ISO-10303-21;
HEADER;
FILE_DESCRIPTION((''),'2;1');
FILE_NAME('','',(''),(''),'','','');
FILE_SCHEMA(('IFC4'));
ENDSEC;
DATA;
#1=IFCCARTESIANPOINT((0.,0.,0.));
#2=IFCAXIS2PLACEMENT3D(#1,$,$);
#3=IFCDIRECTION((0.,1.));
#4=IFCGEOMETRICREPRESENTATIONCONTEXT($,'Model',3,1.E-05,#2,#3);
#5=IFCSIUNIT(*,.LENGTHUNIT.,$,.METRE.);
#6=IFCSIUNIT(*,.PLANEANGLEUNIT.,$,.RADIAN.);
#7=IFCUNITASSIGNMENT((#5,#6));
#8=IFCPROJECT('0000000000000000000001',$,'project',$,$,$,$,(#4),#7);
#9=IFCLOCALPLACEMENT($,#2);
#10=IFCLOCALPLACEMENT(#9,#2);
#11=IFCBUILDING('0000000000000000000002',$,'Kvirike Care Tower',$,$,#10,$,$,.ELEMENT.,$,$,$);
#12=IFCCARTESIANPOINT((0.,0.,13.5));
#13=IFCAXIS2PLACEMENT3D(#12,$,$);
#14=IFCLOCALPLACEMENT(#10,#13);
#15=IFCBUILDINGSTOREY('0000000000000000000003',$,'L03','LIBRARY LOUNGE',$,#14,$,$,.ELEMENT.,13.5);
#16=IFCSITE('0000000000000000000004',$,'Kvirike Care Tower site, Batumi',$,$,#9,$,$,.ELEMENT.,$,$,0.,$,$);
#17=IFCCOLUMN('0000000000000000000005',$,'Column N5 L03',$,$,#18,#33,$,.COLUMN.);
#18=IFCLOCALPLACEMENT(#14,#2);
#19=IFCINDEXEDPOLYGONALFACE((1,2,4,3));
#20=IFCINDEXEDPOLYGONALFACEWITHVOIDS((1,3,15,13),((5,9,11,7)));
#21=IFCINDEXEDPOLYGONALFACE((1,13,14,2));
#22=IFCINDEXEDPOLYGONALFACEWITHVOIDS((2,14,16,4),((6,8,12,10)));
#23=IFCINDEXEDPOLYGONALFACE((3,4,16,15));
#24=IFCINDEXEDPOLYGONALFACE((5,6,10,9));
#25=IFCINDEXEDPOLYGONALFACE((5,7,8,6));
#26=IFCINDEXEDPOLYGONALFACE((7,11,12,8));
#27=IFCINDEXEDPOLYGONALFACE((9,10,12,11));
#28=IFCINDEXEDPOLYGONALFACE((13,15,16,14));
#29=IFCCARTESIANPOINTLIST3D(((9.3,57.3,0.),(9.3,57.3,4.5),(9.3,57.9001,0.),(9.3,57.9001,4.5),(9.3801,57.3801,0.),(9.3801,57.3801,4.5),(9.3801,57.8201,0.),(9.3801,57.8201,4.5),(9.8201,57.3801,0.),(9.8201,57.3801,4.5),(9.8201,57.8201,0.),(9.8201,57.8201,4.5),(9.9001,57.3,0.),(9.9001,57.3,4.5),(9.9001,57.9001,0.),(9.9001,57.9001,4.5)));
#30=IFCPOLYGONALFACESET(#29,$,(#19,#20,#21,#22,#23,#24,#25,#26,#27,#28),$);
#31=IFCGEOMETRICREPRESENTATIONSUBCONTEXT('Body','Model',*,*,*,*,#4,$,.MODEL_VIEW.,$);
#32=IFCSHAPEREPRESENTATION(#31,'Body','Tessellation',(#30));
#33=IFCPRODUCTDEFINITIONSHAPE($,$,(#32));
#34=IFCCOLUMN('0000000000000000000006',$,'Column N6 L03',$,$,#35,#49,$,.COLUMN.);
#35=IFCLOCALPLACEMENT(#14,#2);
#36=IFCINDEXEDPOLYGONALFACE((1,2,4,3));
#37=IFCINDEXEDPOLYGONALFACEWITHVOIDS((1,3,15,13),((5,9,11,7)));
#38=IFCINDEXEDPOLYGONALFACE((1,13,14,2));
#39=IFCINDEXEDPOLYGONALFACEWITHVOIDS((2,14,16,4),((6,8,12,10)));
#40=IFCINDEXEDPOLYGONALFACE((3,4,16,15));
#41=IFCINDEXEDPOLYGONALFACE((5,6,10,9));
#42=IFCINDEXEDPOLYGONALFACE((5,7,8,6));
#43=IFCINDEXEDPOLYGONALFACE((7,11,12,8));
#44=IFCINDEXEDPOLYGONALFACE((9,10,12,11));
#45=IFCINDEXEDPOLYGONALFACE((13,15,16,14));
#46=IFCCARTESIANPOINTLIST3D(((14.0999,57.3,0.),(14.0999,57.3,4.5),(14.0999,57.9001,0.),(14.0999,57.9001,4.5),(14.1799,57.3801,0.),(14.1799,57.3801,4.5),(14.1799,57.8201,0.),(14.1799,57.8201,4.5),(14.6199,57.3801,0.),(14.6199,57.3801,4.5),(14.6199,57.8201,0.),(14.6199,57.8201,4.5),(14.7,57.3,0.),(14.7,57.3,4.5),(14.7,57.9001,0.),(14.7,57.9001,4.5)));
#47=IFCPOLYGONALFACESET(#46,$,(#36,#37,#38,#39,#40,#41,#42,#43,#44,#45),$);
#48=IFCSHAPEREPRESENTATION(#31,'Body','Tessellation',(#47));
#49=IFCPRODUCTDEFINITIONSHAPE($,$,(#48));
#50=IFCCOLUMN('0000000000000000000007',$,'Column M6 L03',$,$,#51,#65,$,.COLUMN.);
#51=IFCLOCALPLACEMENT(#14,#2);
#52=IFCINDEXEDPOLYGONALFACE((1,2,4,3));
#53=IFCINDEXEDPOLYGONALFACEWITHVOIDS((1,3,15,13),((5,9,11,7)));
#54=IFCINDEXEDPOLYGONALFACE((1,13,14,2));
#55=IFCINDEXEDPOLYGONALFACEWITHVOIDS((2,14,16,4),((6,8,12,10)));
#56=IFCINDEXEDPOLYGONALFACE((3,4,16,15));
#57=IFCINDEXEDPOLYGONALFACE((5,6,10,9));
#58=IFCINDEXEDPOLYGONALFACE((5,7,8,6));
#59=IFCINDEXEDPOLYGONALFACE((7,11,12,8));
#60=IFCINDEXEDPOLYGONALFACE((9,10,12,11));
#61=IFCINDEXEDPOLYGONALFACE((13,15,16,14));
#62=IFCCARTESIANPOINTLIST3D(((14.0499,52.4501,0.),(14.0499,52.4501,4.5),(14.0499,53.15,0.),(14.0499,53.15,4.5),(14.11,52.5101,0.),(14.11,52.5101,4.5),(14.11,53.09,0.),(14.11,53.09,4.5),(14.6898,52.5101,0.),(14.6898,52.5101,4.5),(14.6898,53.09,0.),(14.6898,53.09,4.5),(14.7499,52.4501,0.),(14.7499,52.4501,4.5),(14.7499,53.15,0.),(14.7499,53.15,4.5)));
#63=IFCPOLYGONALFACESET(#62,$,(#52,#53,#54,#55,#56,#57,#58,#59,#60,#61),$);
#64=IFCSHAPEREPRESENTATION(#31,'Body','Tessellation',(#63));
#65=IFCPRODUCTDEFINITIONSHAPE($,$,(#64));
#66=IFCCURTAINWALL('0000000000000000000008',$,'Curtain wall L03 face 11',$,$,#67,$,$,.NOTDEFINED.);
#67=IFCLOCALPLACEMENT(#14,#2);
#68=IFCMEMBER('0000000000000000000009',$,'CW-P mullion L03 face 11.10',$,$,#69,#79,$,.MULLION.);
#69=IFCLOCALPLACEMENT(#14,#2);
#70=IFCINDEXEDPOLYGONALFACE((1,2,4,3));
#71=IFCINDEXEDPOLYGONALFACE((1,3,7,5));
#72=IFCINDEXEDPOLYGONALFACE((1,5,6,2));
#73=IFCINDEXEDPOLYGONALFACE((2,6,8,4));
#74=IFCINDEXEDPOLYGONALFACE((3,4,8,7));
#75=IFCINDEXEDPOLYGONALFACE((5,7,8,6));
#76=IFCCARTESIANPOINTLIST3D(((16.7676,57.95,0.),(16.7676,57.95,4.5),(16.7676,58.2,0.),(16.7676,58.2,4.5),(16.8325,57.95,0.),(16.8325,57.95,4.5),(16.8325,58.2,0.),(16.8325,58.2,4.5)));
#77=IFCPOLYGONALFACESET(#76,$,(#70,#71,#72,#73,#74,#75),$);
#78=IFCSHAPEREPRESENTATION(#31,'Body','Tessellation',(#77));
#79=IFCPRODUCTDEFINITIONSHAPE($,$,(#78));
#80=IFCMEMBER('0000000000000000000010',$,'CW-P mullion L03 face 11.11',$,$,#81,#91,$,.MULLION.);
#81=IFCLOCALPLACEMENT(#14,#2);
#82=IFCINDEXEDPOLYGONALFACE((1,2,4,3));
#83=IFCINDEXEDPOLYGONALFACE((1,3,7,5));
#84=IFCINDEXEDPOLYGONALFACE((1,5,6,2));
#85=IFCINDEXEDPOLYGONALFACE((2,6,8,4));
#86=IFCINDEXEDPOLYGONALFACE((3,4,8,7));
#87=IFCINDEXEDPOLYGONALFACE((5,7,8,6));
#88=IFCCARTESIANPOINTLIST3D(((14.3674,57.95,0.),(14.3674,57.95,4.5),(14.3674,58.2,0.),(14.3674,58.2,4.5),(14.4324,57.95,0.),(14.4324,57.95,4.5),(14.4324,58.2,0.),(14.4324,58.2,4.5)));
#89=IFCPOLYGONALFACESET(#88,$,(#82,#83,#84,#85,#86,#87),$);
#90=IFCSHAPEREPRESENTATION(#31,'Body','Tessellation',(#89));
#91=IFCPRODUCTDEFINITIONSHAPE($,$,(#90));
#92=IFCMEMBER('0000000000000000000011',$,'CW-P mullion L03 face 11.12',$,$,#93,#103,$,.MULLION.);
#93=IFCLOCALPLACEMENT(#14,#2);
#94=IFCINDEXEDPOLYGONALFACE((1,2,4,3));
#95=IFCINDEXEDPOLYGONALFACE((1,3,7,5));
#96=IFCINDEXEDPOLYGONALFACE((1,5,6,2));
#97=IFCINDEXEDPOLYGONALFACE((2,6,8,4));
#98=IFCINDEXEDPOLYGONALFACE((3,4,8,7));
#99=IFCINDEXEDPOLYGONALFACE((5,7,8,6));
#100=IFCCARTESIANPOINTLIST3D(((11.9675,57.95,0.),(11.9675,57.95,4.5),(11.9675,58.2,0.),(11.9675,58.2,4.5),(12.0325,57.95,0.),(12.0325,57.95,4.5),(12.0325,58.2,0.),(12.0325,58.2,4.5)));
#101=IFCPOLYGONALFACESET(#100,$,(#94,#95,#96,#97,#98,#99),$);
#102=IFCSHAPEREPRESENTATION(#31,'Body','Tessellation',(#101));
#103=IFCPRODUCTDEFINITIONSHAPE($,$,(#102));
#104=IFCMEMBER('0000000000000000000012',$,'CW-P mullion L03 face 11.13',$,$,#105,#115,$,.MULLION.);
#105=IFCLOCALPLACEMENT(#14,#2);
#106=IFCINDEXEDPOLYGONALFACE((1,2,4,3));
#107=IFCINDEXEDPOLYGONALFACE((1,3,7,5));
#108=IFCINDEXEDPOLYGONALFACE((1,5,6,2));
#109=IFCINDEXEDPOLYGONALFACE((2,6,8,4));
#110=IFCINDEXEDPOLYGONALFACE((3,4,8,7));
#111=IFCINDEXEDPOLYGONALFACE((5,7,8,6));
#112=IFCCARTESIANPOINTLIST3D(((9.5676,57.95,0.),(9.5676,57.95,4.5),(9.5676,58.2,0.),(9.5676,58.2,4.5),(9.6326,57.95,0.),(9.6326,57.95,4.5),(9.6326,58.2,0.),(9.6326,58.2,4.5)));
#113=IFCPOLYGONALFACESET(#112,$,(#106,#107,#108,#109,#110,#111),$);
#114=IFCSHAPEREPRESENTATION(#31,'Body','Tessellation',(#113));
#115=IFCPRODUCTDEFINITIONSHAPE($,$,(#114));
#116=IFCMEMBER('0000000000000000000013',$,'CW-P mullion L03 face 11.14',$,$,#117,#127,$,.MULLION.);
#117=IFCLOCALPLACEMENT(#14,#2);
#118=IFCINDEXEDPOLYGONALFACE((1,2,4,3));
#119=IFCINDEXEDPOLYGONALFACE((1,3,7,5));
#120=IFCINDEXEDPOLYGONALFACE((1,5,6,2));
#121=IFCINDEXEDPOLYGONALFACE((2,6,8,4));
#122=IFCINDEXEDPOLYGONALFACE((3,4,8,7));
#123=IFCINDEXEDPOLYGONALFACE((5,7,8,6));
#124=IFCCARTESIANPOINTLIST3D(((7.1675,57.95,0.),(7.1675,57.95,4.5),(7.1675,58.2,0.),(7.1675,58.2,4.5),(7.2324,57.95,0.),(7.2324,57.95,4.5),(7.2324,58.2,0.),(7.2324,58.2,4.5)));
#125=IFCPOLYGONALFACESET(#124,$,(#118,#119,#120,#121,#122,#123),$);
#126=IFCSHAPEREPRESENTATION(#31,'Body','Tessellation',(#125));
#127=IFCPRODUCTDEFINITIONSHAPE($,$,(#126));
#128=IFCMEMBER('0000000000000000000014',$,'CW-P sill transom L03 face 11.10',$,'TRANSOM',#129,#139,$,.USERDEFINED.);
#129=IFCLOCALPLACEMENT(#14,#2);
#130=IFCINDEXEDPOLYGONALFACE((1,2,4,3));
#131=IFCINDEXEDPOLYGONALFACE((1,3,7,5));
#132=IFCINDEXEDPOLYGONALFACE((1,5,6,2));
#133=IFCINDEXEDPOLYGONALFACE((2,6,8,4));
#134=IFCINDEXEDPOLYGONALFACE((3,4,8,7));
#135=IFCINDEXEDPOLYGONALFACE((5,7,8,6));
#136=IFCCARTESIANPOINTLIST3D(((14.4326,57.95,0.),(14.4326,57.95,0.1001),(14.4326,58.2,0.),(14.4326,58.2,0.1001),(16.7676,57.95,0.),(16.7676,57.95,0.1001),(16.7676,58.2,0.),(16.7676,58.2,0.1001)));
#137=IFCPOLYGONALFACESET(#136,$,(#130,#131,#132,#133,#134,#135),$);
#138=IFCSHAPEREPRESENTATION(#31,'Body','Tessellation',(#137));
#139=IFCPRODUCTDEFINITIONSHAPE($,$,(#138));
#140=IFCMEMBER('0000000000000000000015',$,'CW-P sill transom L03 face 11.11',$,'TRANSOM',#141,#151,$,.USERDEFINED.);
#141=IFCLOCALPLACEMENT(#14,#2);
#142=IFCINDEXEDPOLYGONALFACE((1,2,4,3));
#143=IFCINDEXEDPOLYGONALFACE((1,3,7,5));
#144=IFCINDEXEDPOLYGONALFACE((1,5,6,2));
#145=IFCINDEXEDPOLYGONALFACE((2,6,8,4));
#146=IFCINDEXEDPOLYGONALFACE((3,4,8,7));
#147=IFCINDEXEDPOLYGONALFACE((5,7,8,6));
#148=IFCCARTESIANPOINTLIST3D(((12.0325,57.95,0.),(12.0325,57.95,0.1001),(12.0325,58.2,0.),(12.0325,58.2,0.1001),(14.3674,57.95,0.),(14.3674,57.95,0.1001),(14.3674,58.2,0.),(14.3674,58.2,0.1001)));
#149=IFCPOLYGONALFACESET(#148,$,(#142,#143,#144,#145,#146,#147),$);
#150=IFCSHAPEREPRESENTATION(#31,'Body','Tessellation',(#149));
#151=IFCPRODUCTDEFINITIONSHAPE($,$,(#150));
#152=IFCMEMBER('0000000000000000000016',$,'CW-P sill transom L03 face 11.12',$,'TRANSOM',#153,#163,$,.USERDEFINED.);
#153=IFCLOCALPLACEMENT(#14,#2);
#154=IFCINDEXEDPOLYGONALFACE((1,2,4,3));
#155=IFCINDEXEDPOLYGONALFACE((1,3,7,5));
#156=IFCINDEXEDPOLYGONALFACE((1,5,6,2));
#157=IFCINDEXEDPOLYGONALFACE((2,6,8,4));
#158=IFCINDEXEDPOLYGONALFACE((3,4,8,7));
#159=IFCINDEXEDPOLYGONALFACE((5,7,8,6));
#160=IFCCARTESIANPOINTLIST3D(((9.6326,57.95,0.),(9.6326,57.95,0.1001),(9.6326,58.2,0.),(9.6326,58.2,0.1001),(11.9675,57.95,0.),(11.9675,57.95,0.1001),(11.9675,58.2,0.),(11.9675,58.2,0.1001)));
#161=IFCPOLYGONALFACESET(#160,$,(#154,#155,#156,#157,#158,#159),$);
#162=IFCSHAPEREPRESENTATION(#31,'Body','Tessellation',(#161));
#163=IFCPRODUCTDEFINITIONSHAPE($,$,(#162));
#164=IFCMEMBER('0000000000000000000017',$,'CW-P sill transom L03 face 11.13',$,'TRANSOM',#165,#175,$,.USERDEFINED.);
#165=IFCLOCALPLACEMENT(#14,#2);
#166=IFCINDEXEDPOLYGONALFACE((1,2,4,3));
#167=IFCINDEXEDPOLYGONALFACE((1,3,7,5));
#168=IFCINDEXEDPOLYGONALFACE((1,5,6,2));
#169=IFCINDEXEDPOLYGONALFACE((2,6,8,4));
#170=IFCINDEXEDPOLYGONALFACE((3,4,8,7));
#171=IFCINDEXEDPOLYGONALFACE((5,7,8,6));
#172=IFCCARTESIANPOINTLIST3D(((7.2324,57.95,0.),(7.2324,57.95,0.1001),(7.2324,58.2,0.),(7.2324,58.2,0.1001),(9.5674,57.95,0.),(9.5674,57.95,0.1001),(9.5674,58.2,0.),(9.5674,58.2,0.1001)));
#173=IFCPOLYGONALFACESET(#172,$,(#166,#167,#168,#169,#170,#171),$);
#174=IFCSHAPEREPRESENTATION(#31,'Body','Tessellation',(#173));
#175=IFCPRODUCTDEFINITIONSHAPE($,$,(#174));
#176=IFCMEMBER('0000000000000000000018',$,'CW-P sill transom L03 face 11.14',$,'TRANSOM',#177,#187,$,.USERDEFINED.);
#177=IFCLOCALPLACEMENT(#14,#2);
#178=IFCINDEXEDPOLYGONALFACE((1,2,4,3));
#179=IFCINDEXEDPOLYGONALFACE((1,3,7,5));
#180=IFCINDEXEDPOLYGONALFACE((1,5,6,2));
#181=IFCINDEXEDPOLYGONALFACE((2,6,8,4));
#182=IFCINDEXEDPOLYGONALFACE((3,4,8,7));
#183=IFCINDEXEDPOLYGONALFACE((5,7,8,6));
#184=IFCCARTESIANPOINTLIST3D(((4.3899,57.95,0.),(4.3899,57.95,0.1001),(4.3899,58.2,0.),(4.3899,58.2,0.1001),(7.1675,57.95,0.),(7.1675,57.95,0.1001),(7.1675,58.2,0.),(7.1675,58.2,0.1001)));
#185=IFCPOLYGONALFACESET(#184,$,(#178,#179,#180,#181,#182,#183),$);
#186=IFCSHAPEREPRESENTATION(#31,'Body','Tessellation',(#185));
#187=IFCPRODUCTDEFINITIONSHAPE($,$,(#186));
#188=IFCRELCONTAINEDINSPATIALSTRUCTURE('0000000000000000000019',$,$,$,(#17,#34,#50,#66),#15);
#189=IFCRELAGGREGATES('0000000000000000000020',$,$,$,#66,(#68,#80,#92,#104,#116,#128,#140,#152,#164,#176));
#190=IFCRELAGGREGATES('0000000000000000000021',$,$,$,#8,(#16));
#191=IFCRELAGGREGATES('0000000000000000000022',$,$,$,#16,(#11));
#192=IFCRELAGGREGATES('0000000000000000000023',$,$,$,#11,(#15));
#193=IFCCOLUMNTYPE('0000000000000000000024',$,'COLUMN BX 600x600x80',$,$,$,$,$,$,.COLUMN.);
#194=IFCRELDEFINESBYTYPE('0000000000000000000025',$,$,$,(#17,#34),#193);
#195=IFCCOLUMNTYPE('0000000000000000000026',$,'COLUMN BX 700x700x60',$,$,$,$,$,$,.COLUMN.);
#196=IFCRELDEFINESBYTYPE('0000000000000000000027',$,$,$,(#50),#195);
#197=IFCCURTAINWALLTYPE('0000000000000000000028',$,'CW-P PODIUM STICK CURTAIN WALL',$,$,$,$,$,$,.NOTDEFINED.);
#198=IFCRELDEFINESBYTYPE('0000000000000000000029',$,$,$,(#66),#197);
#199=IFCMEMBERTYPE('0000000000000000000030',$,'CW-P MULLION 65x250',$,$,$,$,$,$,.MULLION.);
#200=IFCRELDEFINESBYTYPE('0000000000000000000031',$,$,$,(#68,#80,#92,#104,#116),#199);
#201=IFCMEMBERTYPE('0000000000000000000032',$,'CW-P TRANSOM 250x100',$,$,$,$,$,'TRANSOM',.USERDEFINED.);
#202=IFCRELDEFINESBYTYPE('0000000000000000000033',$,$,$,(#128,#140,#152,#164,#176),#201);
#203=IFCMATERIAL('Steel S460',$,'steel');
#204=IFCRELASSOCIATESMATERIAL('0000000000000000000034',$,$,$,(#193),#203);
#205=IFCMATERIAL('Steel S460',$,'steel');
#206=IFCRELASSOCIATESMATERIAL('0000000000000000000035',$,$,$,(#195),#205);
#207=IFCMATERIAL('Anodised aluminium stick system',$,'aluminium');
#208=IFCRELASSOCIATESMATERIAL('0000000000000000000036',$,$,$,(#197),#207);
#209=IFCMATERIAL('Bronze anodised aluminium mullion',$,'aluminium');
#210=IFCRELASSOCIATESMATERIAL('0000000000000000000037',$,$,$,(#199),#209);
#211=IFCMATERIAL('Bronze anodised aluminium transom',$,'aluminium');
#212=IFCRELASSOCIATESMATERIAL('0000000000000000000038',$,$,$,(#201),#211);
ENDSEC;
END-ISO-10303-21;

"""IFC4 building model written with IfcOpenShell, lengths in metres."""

from ifc_helpers import new_model, si_unit, direction, frame, origin, origin_2d, place, context, subcontext, project, spatial, rectangle, hollow_rectangle, extrude, material, material_profile, profile_set, type_object, element, aggregate, save


model = new_model("IFC4")

# Units and contexts
model_context = context("Model", 3, precision=1e-05, world=origin(), true_north=direction((0.0, 1.0)))
body_context = subcontext(model_context, "Body", "Model", "MODEL_VIEW")
ifc_project = project(units=[si_unit("LENGTHUNIT", "METRE"), si_unit("PLANEANGLEUNIT", "RADIAN")], contexts=[model_context])

# Site, building, storey
site_placement = place(None, origin())
site = spatial("IfcSite", under=ifc_project, at=site_placement, Name="Kvirike Care Tower site, Batumi", CompositionType="ELEMENT", RefElevation=0.0)
building_placement = place(site_placement, origin())
building = spatial("IfcBuilding", under=site, at=building_placement, Name="Kvirike Care Tower", CompositionType="ELEMENT")
storey_placement = place(building_placement, frame((0.0, 0.0, 13.5)))
storey = spatial("IfcBuildingStorey", under=building, at=storey_placement, Name="L03", Description="LIBRARY LOUNGE", CompositionType="ELEMENT", Elevation=13.5)

# Columns
ifc_material_1 = material(Name="Steel S460", Category="steel")
ifc_material_profile_1 = material_profile(ifc_material_1, hollow_rectangle(XDim=0.6001, YDim=0.6001, WallThickness=0.0801, at=origin_2d()), Name="BX 600x600x80")
ifc_profile_set_1 = profile_set([ifc_material_profile_1], Name="Steel S460")
column_type_1 = type_object("IfcColumnType", Name="COLUMN BX 600x600x80", PredefinedType="COLUMN", material=ifc_profile_set_1)
for number, where, z_axis, x_axis, name in (
    (1, (9.6001, 57.6001, 0.0), (0.0, 0.0, 1.0), (0.0, 1.0, 0.0), "Column N5 L03"),
    (2, (14.3999, 57.6001, 0.0), (0.0, 0.0, 1.0), (0.0, 1.0, 0.0), "Column N6 L03"),
):
    element("IfcColumn", number, at=place(storey_placement, frame(where, z_axis=z_axis, x_axis=x_axis)), inside=storey, type_object=column_type_1, Name=name, PredefinedType="COLUMN", context=body_context, shape_type="SweptSolid", body=[
        extrude(hollow_rectangle(XDim=0.6001, YDim=0.6001, WallThickness=0.0801, at=origin_2d()), origin(), (0.0, 0.0, 1.0), 4.5),
    ])
ifc_material_2 = material(Name="Steel S460", Category="steel")
ifc_material_profile_2 = material_profile(ifc_material_2, hollow_rectangle(XDim=0.7, YDim=0.7, WallThickness=0.0601, at=origin_2d()), Name="BX 700x700x60")
ifc_profile_set_2 = profile_set([ifc_material_profile_2], Name="Steel S460")
column_type_2 = type_object("IfcColumnType", Name="COLUMN BX 700x700x60", PredefinedType="COLUMN", material=ifc_profile_set_2)
column_placement = place(storey_placement, frame((14.3999, 52.8, 0.0), z_axis=(0.0, 0.0, 1.0), x_axis=(1.0, 0.0, 0.0)))
element("IfcColumn", 3, at=column_placement, inside=storey, type_object=column_type_2, Name="Column M6 L03", PredefinedType="COLUMN", context=body_context, shape_type="SweptSolid", body=[
    extrude(hollow_rectangle(XDim=0.7, YDim=0.7, WallThickness=0.0601, at=origin_2d()), origin(), (0.0, 0.0, 1.0), 4.5),
])

# Curtain wall, members
ifc_material_3 = material(Name="Anodised aluminium stick system", Category="aluminium")
curtain_wall_type = type_object("IfcCurtainWallType", Name="CW-P PODIUM STICK CURTAIN WALL", PredefinedType="NOTDEFINED", material=ifc_material_3)
curtain_wall_placement = place(storey_placement, origin())
curtain_wall = element("IfcCurtainWall", 4, at=curtain_wall_placement, inside=storey, type_object=curtain_wall_type, Name="Curtain wall L03 face 11", PredefinedType="NOTDEFINED")
ifc_material_4 = material(Name="Bronze anodised aluminium mullion", Category="aluminium")
ifc_material_profile_3 = material_profile(ifc_material_4, rectangle(XDim=0.0649, YDim=0.25, at=origin_2d()), Name="CW-P MULLION 65x250")
ifc_profile_set_3 = profile_set([ifc_material_profile_3], Name="Bronze anodised aluminium mullion")
member_type_1 = type_object("IfcMemberType", Name="CW-P MULLION 65x250", PredefinedType="MULLION", material=ifc_profile_set_3)
member_1_placement = place(storey_placement, frame((16.8, 58.075, 0.0), z_axis=(0.0, 0.0, 1.0), x_axis=(-1.0, 0.0, 0.0)))
member_1 = element("IfcMember", 5, at=member_1_placement, type_object=member_type_1, Name="CW-P mullion L03 face 11.10", PredefinedType="MULLION", context=body_context, shape_type="SweptSolid", body=[
    extrude(rectangle(XDim=0.0649, YDim=0.25, at=origin_2d()), origin(), (0.0, 0.0, 1.0), 4.5),
])
member_2_placement = place(storey_placement, frame((14.3999, 58.075, 0.0), z_axis=(0.0, 0.0, 1.0), x_axis=(-1.0, 0.0, 0.0)))
member_2 = element("IfcMember", 6, at=member_2_placement, type_object=member_type_1, Name="CW-P mullion L03 face 11.11", PredefinedType="MULLION", context=body_context, shape_type="SweptSolid", body=[
    extrude(rectangle(XDim=0.0649, YDim=0.25, at=origin_2d()), origin(), (0.0, 0.0, 1.0), 4.5),
])
member_3_placement = place(storey_placement, frame((12.0, 58.075, 0.0), z_axis=(0.0, 0.0, 1.0), x_axis=(-1.0, 0.0, 0.0)))
member_3 = element("IfcMember", 7, at=member_3_placement, type_object=member_type_1, Name="CW-P mullion L03 face 11.12", PredefinedType="MULLION", context=body_context, shape_type="SweptSolid", body=[
    extrude(rectangle(XDim=0.0649, YDim=0.25, at=origin_2d()), origin(), (0.0, 0.0, 1.0), 4.5),
])
member_4_placement = place(storey_placement, frame((9.6001, 58.075, 0.0), z_axis=(0.0, 0.0, 1.0), x_axis=(-1.0, 0.0, 0.0)))
member_4 = element("IfcMember", 8, at=member_4_placement, type_object=member_type_1, Name="CW-P mullion L03 face 11.13", PredefinedType="MULLION", context=body_context, shape_type="SweptSolid", body=[
    extrude(rectangle(XDim=0.0649, YDim=0.25, at=origin_2d()), origin(), (0.0, 0.0, 1.0), 4.5),
])
member_5_placement = place(storey_placement, frame((7.2, 58.075, 0.0), z_axis=(0.0, 0.0, 1.0), x_axis=(-1.0, 0.0, 0.0)))
member_5 = element("IfcMember", 9, at=member_5_placement, type_object=member_type_1, Name="CW-P mullion L03 face 11.14", PredefinedType="MULLION", context=body_context, shape_type="SweptSolid", body=[
    extrude(rectangle(XDim=0.0649, YDim=0.25, at=origin_2d()), origin(), (0.0, 0.0, 1.0), 4.5),
])
ifc_material_5 = material(Name="Bronze anodised aluminium transom", Category="aluminium")
ifc_material_profile_4 = material_profile(ifc_material_5, rectangle(XDim=0.25, YDim=0.1001, at=origin_2d()), Name="CW-P TRANSOM 250x100")
ifc_profile_set_4 = profile_set([ifc_material_profile_4], Name="Bronze anodised aluminium transom")
member_type_2 = type_object("IfcMemberType", Name="CW-P TRANSOM 250x100", ElementType="TRANSOM", PredefinedType="USERDEFINED", material=ifc_profile_set_4)
member_6_placement = place(storey_placement, frame((16.7676, 58.075, 0.05), z_axis=(-1.0, 0.0, 0.0), x_axis=(0.0, -1.0, 0.0)))
member_6 = element("IfcMember", 10, at=member_6_placement, type_object=member_type_2, Name="CW-P sill transom L03 face 11.10", ObjectType="TRANSOM", PredefinedType="USERDEFINED", context=body_context, shape_type="SweptSolid", body=[
    extrude(rectangle(XDim=0.25, YDim=0.1001, at=origin_2d()), origin(), (0.0, 0.0, 1.0), 2.335),
])
member_7_placement = place(storey_placement, frame((14.3674, 58.075, 0.05), z_axis=(-1.0, 0.0, 0.0), x_axis=(0.0, -1.0, 0.0)))
member_7 = element("IfcMember", 11, at=member_7_placement, type_object=member_type_2, Name="CW-P sill transom L03 face 11.11", ObjectType="TRANSOM", PredefinedType="USERDEFINED", context=body_context, shape_type="SweptSolid", body=[
    extrude(rectangle(XDim=0.25, YDim=0.1001, at=origin_2d()), origin(), (0.0, 0.0, 1.0), 2.335),
])
member_8_placement = place(storey_placement, frame((11.9675, 58.075, 0.05), z_axis=(-1.0, 0.0, 0.0), x_axis=(0.0, -1.0, 0.0)))
member_8 = element("IfcMember", 12, at=member_8_placement, type_object=member_type_2, Name="CW-P sill transom L03 face 11.12", ObjectType="TRANSOM", PredefinedType="USERDEFINED", context=body_context, shape_type="SweptSolid", body=[
    extrude(rectangle(XDim=0.25, YDim=0.1001, at=origin_2d()), origin(), (0.0, 0.0, 1.0), 2.335),
])
member_9_placement = place(storey_placement, frame((9.5674, 58.075, 0.05), z_axis=(-1.0, 0.0, 0.0), x_axis=(0.0, -1.0, 0.0)))
member_9 = element("IfcMember", 13, at=member_9_placement, type_object=member_type_2, Name="CW-P sill transom L03 face 11.13", ObjectType="TRANSOM", PredefinedType="USERDEFINED", context=body_context, shape_type="SweptSolid", body=[
    extrude(rectangle(XDim=0.25, YDim=0.1001, at=origin_2d()), origin(), (0.0, 0.0, 1.0), 2.335),
])
member_10_placement = place(storey_placement, frame((7.1675, 58.075, 0.05), z_axis=(-1.0, 0.0, 0.0), x_axis=(0.0, -1.0, 0.0)))
member_10 = element("IfcMember", 14, at=member_10_placement, type_object=member_type_2, Name="CW-P sill transom L03 face 11.14", ObjectType="TRANSOM", PredefinedType="USERDEFINED", context=body_context, shape_type="SweptSolid", body=[
    extrude(rectangle(XDim=0.25, YDim=0.1001, at=origin_2d()), origin(), (0.0, 0.0, 1.0), 2.7776),
])

aggregate(curtain_wall, [member_1, member_2, member_3, member_4, member_5, member_6, member_7, member_8, member_9, member_10])

save(model, "model.ifc")
